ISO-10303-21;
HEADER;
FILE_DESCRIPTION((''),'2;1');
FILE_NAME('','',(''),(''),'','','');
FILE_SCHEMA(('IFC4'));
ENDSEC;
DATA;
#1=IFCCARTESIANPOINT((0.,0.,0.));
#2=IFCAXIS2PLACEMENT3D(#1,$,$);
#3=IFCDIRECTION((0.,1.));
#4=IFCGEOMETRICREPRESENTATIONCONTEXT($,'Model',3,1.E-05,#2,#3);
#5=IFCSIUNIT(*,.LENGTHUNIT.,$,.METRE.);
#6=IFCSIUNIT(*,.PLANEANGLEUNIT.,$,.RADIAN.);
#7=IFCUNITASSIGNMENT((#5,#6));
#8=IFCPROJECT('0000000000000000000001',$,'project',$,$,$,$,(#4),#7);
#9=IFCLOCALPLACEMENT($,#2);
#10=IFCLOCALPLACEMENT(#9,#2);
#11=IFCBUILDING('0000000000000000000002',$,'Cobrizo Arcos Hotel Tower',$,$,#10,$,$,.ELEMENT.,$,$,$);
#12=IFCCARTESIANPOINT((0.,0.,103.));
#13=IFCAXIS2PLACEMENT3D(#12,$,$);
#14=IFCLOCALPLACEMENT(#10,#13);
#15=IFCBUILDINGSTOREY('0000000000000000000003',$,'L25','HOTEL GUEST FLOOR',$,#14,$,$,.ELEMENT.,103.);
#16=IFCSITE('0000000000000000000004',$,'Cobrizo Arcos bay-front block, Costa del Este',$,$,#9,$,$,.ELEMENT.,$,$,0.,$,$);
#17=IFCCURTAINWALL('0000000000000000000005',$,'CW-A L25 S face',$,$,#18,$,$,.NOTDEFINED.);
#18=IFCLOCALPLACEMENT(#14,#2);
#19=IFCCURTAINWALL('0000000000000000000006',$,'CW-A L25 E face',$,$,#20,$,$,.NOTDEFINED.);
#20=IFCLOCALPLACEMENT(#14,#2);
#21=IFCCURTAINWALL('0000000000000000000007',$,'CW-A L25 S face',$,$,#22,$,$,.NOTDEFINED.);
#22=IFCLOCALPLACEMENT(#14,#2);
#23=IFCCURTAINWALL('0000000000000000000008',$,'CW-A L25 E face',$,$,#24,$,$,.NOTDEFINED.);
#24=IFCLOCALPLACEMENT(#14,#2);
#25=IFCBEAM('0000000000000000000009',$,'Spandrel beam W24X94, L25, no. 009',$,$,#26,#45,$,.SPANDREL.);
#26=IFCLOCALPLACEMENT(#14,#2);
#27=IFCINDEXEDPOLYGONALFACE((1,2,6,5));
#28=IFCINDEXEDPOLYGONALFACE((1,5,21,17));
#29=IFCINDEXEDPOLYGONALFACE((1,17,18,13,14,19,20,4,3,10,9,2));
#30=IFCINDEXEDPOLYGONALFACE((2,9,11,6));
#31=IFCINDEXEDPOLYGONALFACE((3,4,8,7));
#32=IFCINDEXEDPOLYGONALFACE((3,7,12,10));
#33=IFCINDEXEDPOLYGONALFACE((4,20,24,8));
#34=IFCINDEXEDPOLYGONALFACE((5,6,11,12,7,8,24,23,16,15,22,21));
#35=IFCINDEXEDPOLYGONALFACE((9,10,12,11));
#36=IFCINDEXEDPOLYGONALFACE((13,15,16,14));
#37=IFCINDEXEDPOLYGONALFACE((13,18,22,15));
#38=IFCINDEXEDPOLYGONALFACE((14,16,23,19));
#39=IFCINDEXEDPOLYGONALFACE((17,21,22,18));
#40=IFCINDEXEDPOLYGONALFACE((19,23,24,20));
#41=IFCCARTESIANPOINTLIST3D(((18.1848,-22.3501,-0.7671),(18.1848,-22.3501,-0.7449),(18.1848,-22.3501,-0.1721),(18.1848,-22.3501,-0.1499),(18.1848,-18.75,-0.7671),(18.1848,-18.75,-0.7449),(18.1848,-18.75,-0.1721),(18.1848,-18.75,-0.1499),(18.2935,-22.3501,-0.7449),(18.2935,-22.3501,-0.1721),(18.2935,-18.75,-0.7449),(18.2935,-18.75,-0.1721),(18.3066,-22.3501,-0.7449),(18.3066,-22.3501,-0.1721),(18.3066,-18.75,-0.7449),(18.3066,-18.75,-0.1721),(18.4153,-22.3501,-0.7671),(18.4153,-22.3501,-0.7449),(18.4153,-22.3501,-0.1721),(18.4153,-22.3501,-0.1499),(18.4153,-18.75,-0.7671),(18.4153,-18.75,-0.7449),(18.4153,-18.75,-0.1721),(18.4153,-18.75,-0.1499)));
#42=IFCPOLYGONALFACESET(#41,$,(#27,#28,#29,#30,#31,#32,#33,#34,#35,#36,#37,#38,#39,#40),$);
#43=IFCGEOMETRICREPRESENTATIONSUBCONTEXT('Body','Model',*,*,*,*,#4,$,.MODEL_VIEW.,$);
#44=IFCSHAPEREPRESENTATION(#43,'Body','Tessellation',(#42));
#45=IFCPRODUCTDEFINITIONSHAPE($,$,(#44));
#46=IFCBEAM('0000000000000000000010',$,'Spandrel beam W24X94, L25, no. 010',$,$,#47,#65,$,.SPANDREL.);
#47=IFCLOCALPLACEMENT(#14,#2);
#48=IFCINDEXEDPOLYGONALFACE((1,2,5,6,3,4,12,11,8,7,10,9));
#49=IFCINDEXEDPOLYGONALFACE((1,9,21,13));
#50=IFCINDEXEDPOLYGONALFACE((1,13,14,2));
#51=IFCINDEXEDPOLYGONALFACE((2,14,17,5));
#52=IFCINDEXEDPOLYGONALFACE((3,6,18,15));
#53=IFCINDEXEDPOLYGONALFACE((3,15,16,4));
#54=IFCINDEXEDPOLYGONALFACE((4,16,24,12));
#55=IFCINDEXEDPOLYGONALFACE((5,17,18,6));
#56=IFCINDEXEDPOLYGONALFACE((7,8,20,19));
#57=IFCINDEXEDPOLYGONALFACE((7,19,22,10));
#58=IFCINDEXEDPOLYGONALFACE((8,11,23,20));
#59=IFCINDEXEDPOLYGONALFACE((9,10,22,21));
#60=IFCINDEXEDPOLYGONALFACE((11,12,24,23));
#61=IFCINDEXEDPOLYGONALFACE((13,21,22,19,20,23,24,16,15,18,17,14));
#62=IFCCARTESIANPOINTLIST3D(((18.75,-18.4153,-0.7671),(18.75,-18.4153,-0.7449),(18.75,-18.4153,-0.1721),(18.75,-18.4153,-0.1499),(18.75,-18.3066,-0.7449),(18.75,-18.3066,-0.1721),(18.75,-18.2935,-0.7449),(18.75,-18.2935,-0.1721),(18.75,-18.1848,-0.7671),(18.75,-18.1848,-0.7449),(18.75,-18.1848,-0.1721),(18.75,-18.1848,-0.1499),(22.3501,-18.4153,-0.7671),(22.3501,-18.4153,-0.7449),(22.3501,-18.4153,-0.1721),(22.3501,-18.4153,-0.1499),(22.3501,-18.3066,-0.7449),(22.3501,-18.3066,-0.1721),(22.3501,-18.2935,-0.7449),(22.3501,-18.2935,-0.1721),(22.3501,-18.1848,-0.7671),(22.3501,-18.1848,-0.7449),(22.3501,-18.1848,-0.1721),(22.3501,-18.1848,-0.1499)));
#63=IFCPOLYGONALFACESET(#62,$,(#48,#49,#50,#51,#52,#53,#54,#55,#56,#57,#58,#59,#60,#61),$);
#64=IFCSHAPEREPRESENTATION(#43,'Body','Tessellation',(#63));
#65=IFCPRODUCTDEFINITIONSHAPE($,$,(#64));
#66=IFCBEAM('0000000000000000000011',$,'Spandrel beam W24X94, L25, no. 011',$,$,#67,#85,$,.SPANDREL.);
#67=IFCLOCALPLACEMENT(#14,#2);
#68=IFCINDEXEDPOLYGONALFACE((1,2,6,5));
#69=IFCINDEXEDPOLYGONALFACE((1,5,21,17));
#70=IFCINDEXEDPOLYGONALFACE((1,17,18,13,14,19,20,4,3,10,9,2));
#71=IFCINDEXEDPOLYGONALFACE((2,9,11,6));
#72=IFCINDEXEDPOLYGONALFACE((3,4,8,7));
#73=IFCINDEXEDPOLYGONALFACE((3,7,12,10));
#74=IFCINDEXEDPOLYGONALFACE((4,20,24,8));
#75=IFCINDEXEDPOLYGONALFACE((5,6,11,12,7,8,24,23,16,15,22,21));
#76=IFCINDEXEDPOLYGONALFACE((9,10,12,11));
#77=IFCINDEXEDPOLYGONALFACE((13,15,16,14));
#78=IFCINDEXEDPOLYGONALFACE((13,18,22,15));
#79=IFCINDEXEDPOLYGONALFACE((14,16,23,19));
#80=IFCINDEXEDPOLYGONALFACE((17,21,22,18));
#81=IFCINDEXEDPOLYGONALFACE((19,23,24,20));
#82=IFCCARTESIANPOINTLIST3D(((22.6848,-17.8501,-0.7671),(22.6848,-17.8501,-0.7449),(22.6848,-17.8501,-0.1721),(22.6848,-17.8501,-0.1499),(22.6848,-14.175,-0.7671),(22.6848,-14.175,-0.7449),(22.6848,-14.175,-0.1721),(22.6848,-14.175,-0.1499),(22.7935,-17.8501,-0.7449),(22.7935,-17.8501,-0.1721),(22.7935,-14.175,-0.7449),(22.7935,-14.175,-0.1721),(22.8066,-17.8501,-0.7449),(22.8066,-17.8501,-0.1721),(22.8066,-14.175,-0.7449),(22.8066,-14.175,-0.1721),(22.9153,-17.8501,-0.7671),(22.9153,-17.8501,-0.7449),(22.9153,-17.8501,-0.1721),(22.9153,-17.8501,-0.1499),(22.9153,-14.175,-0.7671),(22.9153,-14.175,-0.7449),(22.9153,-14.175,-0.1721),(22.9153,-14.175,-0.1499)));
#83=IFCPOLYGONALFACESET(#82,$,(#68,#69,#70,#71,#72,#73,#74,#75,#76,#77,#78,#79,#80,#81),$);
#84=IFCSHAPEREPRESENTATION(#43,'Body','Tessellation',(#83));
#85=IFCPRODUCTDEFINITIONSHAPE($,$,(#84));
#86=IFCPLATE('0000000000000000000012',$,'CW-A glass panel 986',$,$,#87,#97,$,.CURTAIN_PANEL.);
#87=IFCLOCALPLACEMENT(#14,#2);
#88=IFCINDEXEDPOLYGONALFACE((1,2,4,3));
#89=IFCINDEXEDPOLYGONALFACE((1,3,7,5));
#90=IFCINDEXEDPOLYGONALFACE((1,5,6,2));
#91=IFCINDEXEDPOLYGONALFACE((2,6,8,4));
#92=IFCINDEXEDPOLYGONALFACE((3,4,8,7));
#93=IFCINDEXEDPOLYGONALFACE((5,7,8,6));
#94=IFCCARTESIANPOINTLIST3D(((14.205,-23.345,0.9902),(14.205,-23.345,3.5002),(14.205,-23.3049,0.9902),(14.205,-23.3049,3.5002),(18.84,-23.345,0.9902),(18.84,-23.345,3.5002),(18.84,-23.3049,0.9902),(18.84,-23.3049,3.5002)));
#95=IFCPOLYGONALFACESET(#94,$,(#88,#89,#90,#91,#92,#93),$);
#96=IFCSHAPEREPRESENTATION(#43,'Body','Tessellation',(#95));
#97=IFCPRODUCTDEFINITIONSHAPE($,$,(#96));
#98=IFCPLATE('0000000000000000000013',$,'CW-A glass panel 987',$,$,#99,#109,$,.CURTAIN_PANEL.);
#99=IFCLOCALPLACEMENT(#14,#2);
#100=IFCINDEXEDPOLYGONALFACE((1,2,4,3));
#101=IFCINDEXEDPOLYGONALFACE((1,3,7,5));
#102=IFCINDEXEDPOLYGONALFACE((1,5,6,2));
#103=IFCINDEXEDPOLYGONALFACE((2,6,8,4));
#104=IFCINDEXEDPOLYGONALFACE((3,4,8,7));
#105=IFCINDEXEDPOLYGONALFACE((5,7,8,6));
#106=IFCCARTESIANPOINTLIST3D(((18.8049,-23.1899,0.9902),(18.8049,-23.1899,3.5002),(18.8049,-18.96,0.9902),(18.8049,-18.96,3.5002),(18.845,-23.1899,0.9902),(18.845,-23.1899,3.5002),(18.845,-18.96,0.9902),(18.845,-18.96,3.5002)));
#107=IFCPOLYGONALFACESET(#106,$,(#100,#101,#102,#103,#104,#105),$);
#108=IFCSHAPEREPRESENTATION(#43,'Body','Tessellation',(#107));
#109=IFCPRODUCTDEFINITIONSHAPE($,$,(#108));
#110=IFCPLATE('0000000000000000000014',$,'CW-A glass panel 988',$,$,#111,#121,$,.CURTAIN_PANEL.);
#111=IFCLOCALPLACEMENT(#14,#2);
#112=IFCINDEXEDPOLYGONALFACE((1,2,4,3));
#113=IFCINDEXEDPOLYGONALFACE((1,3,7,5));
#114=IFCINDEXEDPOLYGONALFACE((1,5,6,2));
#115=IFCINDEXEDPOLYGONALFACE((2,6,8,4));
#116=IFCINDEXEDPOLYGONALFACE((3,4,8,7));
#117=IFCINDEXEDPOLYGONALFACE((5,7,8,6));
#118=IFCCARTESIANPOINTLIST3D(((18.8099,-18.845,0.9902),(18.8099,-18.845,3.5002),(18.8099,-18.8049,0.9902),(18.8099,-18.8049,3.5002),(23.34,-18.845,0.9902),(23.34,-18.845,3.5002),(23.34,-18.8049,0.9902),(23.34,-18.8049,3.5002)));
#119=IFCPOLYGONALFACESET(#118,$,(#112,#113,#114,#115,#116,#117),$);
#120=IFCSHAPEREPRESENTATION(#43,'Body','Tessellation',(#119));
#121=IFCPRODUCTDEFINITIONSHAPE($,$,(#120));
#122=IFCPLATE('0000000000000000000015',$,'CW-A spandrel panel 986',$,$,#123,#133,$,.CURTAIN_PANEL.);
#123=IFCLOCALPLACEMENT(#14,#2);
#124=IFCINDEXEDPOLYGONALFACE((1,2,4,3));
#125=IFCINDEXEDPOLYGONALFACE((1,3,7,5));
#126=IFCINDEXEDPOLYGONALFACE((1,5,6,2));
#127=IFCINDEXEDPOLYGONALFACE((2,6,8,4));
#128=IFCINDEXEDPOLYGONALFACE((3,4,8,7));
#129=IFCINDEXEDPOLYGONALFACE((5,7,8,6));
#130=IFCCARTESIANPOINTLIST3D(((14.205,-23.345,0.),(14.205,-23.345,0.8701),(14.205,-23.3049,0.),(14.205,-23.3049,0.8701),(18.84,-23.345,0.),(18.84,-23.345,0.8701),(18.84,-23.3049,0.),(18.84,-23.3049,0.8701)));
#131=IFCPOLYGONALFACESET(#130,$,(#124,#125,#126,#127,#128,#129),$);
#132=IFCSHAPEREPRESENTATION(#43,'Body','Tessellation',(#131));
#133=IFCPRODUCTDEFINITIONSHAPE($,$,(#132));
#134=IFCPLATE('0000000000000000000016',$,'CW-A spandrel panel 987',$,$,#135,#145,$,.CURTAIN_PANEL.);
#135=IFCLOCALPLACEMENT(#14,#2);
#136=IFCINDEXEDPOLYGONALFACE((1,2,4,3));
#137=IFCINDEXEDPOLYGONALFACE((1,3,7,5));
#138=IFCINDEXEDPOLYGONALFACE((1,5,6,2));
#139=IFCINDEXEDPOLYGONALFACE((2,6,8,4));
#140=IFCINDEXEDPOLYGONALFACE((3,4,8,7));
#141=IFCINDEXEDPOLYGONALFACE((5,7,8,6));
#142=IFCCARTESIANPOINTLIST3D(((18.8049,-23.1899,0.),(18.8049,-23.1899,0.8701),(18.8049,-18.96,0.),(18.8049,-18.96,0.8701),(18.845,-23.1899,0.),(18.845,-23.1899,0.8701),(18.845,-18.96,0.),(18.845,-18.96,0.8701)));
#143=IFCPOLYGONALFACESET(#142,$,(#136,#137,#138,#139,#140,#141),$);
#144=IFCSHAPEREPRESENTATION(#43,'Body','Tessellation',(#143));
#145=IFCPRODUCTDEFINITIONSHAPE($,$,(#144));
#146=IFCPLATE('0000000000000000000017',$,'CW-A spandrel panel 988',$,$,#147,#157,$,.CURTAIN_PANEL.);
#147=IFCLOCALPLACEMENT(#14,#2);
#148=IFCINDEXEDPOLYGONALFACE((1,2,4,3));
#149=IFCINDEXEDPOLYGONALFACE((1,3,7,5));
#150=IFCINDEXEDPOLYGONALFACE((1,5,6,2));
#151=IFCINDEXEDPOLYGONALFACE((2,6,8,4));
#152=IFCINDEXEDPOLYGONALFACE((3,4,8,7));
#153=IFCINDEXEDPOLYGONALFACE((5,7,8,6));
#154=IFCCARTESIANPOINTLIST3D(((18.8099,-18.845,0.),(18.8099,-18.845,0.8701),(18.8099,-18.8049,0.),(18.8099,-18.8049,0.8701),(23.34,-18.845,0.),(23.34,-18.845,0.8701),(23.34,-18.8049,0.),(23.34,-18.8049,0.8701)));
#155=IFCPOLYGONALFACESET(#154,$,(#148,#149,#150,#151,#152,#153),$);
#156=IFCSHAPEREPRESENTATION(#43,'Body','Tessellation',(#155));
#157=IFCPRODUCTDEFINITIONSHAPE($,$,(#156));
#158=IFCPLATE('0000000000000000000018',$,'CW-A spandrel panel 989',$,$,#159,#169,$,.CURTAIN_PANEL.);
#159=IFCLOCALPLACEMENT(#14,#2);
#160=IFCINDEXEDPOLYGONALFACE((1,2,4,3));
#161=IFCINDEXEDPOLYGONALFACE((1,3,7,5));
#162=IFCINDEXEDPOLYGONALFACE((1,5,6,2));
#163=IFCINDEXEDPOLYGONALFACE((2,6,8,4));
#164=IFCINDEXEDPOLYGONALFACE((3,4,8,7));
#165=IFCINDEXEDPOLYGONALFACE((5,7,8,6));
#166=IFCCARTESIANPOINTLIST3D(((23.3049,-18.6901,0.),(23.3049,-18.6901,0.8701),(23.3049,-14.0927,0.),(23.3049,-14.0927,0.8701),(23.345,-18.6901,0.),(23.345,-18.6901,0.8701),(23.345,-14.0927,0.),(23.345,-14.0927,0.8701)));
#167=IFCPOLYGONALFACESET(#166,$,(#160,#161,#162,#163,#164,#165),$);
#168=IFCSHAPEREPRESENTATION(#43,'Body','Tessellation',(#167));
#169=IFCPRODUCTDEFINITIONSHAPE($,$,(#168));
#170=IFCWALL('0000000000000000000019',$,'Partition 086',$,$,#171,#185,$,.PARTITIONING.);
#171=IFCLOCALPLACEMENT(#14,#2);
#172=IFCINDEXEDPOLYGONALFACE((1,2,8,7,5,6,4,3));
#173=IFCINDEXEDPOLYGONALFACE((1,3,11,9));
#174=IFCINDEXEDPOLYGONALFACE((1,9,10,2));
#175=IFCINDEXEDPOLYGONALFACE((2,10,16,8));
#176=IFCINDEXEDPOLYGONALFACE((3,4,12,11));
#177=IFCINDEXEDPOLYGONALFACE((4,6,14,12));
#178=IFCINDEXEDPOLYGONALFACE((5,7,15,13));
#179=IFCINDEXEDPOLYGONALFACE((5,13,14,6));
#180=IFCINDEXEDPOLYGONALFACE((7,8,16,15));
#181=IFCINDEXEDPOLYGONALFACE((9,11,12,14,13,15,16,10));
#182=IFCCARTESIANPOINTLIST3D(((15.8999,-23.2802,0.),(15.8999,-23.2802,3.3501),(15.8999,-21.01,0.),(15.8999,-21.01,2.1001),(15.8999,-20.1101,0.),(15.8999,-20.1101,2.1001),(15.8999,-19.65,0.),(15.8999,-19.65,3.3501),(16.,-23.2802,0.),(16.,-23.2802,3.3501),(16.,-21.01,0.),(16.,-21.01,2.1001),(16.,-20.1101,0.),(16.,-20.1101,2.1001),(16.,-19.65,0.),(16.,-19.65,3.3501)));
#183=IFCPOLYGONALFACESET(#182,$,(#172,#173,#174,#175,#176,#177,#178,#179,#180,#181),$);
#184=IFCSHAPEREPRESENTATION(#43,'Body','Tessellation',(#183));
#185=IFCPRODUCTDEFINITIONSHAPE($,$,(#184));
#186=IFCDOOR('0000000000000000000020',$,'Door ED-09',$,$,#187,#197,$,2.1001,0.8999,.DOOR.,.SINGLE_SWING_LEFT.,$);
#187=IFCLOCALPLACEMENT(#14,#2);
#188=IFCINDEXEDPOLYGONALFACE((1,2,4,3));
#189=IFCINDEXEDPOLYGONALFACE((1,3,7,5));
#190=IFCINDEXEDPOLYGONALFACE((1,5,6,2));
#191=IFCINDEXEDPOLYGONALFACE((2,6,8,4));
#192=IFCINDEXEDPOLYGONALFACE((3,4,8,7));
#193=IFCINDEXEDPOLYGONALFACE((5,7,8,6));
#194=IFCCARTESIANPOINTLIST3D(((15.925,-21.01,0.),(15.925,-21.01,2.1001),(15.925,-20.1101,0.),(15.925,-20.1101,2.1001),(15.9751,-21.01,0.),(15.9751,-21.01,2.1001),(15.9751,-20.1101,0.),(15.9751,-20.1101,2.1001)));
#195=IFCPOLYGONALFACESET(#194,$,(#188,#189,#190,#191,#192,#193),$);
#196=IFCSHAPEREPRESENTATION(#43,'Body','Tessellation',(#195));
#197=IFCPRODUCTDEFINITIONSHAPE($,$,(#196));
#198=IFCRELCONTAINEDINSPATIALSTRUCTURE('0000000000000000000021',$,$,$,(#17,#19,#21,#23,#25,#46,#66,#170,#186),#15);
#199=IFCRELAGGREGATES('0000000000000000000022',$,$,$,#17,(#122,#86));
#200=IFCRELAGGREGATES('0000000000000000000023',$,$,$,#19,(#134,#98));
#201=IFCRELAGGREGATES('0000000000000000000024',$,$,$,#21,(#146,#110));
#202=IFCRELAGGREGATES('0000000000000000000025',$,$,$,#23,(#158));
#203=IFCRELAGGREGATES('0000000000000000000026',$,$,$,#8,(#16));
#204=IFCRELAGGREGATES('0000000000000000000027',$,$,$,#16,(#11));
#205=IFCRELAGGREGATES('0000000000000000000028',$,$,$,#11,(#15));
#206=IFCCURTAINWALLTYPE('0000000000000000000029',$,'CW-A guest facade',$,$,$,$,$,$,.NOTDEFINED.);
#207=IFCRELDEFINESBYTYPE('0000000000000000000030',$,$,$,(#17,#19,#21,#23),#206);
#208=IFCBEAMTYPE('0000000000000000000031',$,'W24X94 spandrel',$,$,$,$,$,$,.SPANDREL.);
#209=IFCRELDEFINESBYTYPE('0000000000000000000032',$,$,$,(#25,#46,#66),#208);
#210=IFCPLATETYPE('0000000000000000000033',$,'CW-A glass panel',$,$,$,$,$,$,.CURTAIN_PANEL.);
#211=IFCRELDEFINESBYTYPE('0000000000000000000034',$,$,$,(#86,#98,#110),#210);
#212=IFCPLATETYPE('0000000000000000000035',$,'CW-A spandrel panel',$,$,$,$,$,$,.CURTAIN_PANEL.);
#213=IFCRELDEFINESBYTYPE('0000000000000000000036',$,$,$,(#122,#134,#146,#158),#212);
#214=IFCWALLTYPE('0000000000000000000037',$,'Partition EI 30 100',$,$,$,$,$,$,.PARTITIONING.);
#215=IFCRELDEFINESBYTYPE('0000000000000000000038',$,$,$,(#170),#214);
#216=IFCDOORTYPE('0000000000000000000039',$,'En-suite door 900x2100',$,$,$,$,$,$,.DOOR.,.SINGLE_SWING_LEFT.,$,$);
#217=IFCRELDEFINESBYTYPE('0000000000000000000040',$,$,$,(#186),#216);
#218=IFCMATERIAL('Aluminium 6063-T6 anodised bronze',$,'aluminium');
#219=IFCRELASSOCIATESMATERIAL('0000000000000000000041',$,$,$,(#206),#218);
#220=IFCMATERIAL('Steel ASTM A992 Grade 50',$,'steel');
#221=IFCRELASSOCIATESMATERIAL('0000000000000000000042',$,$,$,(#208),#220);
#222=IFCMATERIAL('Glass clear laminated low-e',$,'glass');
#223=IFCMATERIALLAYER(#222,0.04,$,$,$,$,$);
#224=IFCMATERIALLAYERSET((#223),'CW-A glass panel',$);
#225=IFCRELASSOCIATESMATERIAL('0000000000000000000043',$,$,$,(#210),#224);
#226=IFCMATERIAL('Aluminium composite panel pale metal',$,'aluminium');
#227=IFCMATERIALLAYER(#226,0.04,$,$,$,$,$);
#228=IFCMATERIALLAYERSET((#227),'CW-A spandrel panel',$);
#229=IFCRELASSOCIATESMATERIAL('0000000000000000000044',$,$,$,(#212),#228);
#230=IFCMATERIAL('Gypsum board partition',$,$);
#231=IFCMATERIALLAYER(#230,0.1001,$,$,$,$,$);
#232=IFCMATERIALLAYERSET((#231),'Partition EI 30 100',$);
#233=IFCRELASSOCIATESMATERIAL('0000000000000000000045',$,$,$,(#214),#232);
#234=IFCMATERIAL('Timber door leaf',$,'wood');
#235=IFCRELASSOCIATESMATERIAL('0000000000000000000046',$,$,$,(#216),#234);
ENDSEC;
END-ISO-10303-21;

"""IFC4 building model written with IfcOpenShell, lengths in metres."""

from ifc_helpers import new_model, si_unit, direction, frame, frame_2d, origin, origin_2d, place, context, subcontext, project, spatial, rectangle, i_section, extrude, material, layer, layer_set, material_profile, profile_set, type_object, element, fill, aggregate, save


model = new_model("IFC4")

# Units and contexts
model_context = context("Model", 3, precision=1e-05, world=origin(), true_north=direction((0.0, 1.0)))
body_context = subcontext(model_context, "Body", "Model", "MODEL_VIEW")
ifc_project = project(units=[si_unit("LENGTHUNIT", "METRE"), si_unit("PLANEANGLEUNIT", "RADIAN")], contexts=[model_context])

# Site, building, storey
site_placement = place(None, origin())
site = spatial("IfcSite", under=ifc_project, at=site_placement, Name="Cobrizo Arcos bay-front block, Costa del Este", CompositionType="ELEMENT", RefElevation=0.0)
building_placement = place(site_placement, origin())
building = spatial("IfcBuilding", under=site, at=building_placement, Name="Cobrizo Arcos Hotel Tower", CompositionType="ELEMENT")
storey_placement = place(building_placement, frame((0.0, 0.0, 103.0)))
storey = spatial("IfcBuildingStorey", under=building, at=storey_placement, Name="L25", Description="HOTEL GUEST FLOOR", CompositionType="ELEMENT", Elevation=103.0)

# Curtain wall
ifc_material_1 = material(Name="Aluminium 6063-T6 anodised bronze", Category="aluminium")
curtain_wall_type = type_object("IfcCurtainWallType", Name="CW-A guest facade", PredefinedType="NOTDEFINED", material=ifc_material_1)
curtain_wall_1_placement = place(storey_placement, origin())
curtain_wall_1 = element("IfcCurtainWall", 1, at=curtain_wall_1_placement, inside=storey, type_object=curtain_wall_type, Name="CW-A L25 S face", PredefinedType="NOTDEFINED")

# Curtain walls
curtain_wall_2_placement = place(storey_placement, origin())
curtain_wall_2 = element("IfcCurtainWall", 2, at=curtain_wall_2_placement, inside=storey, type_object=curtain_wall_type, Name="CW-A L25 E face", PredefinedType="NOTDEFINED")
curtain_wall_3_placement = place(storey_placement, origin())
curtain_wall_3 = element("IfcCurtainWall", 3, at=curtain_wall_3_placement, inside=storey, type_object=curtain_wall_type, Name="CW-A L25 S face", PredefinedType="NOTDEFINED")

# Curtain wall
curtain_wall_4_placement = place(storey_placement, origin())
curtain_wall_4 = element("IfcCurtainWall", 4, at=curtain_wall_4_placement, inside=storey, type_object=curtain_wall_type, Name="CW-A L25 E face", PredefinedType="NOTDEFINED")

# Beams
ifc_material_2 = material(Name="Steel ASTM A992 Grade 50", Category="steel")
ifc_material_profile_1 = material_profile(ifc_material_2, i_section(OverallWidth=0.2305, OverallDepth=0.6172, WebThickness=0.0132, FlangeThickness=0.0222, at=origin_2d()), Name="W24X94")
ifc_profile_set_1 = profile_set([ifc_material_profile_1], Name="Steel ASTM A992 Grade 50")
beam_type_1 = type_object("IfcBeamType", Name="W24X94 spandrel", PredefinedType="SPANDREL", material=ifc_profile_set_1)
for number, where, z_axis, x_axis, name in (
    (5, (18.3, -22.3501, -0.4585), (0.0, 1.0, 0.0), (-1.0, 0.0, 0.0), "Spandrel beam W24X94, L25, no. 009"),
    (6, (18.75, -18.3, -0.4585), (1.0, 0.0, 0.0), (0.0, 1.0, 0.0), "Spandrel beam W24X94, L25, no. 010"),
):
    element("IfcBeam", number, at=place(storey_placement, frame(where, z_axis=z_axis, x_axis=x_axis)), inside=storey, type_object=beam_type_1, Name=name, PredefinedType="SPANDREL", context=body_context, shape_type="SweptSolid", body=[
        extrude(i_section(OverallWidth=0.2305, OverallDepth=0.6172, WebThickness=0.0132, FlangeThickness=0.0222, at=origin_2d()), origin(), (0.0, 0.0, 1.0), 3.6001),
    ])
beam_1_placement = place(storey_placement, frame((22.8, -17.8501, -0.4585), z_axis=(0.0, 1.0, 0.0), x_axis=(-1.0, 0.0, 0.0)))
element("IfcBeam", 7, at=beam_1_placement, inside=storey, type_object=beam_type_1, Name="Spandrel beam W24X94, L25, no. 011", PredefinedType="SPANDREL", context=body_context, shape_type="SweptSolid", body=[
    extrude(i_section(OverallWidth=0.2305, OverallDepth=0.6172, WebThickness=0.0132, FlangeThickness=0.0222, at=origin_2d()), origin(), (0.0, 0.0, 1.0), 3.675),
])

# Plates
ifc_material_3 = material(Name="Glass clear laminated low-e", Category="glass")
ifc_layer_1 = layer(ifc_material_3, 0.04)
ifc_layer_set_1 = layer_set([ifc_layer_1], Name="CW-A glass panel")
plate_type_1 = type_object("IfcPlateType", Name="CW-A glass panel", PredefinedType="CURTAIN_PANEL", material=ifc_layer_set_1)
plate_1_placement = place(storey_placement, frame((16.5225, -23.325, 0.9902), z_axis=(0.0, 0.0, 1.0), x_axis=(1.0, 0.0, 0.0)))
plate_1 = element("IfcPlate", 8, at=plate_1_placement, type_object=plate_type_1, Name="CW-A glass panel 986", PredefinedType="CURTAIN_PANEL", context=body_context, shape_type="SweptSolid", body=[
    extrude(rectangle(XDim=4.635, YDim=0.04, at=origin_2d()), origin(), (0.0, 0.0, 1.0), 2.51),
])
plate_2_placement = place(storey_placement, frame((18.825, -21.075, 0.9902), z_axis=(0.0, 0.0, 1.0), x_axis=(0.0, 1.0, 0.0)))
plate_2 = element("IfcPlate", 9, at=plate_2_placement, type_object=plate_type_1, Name="CW-A glass panel 987", PredefinedType="CURTAIN_PANEL", context=body_context, shape_type="SweptSolid", body=[
    extrude(rectangle(XDim=4.23, YDim=0.04, at=origin_2d()), origin(), (0.0, 0.0, 1.0), 2.51),
])
plate_3_placement = place(storey_placement, frame((21.075, -18.825, 0.9902), z_axis=(0.0, 0.0, 1.0), x_axis=(1.0, 0.0, 0.0)))
plate_3 = element("IfcPlate", 10, at=plate_3_placement, type_object=plate_type_1, Name="CW-A glass panel 988", PredefinedType="CURTAIN_PANEL", context=body_context, shape_type="SweptSolid", body=[
    extrude(rectangle(XDim=4.53, YDim=0.04, at=origin_2d()), origin(), (0.0, 0.0, 1.0), 2.51),
])
ifc_material_4 = material(Name="Aluminium composite panel pale metal", Category="aluminium")
ifc_layer_2 = layer(ifc_material_4, 0.04)
ifc_layer_set_2 = layer_set([ifc_layer_2], Name="CW-A spandrel panel")
plate_type_2 = type_object("IfcPlateType", Name="CW-A spandrel panel", PredefinedType="CURTAIN_PANEL", material=ifc_layer_set_2)
plate_4_placement = place(storey_placement, frame((16.5225, -23.325, 0.0), z_axis=(0.0, 0.0, 1.0), x_axis=(1.0, 0.0, 0.0)))
plate_4 = element("IfcPlate", 11, at=plate_4_placement, type_object=plate_type_2, Name="CW-A spandrel panel 986", PredefinedType="CURTAIN_PANEL", context=body_context, shape_type="SweptSolid", body=[
    extrude(rectangle(XDim=4.635, YDim=0.04, at=origin_2d()), origin(), (0.0, 0.0, 1.0), 0.8701),
])
aggregate(curtain_wall_1, [plate_4, plate_1])
plate_5_placement = place(storey_placement, frame((18.825, -21.075, 0.0), z_axis=(0.0, 0.0, 1.0), x_axis=(0.0, 1.0, 0.0)))
plate_5 = element("IfcPlate", 12, at=plate_5_placement, type_object=plate_type_2, Name="CW-A spandrel panel 987", PredefinedType="CURTAIN_PANEL", context=body_context, shape_type="SweptSolid", body=[
    extrude(rectangle(XDim=4.23, YDim=0.04, at=origin_2d()), origin(), (0.0, 0.0, 1.0), 0.8701),
])
aggregate(curtain_wall_2, [plate_5, plate_2])
plate_6_placement = place(storey_placement, frame((21.075, -18.825, 0.0), z_axis=(0.0, 0.0, 1.0), x_axis=(1.0, 0.0, 0.0)))
plate_6 = element("IfcPlate", 13, at=plate_6_placement, type_object=plate_type_2, Name="CW-A spandrel panel 988", PredefinedType="CURTAIN_PANEL", context=body_context, shape_type="SweptSolid", body=[
    extrude(rectangle(XDim=4.53, YDim=0.04, at=origin_2d()), origin(), (0.0, 0.0, 1.0), 0.8701),
])
aggregate(curtain_wall_3, [plate_6, plate_3])
plate_7_placement = place(storey_placement, frame((23.325, -16.3914, 0.0), z_axis=(0.0, 0.0, 1.0), x_axis=(0.0, 1.0, 0.0)))
plate_7 = element("IfcPlate", 14, at=plate_7_placement, type_object=plate_type_2, Name="CW-A spandrel panel 989", PredefinedType="CURTAIN_PANEL", context=body_context, shape_type="SweptSolid", body=[
    extrude(rectangle(XDim=4.5974, YDim=0.04, at=origin_2d()), origin(), (0.0, 0.0, 1.0), 0.8701),
])
aggregate(curtain_wall_4, [plate_7])

# Wall, opening, door
ifc_material_5 = material(Name="Gypsum board partition")
ifc_layer_3 = layer(ifc_material_5, 0.1001)
ifc_layer_set_3 = layer_set([ifc_layer_3], Name="Partition EI 30 100")
wall_type = type_object("IfcWallType", Name="Partition EI 30 100", PredefinedType="PARTITIONING", material=ifc_layer_set_3)
wall_placement = place(storey_placement, frame((15.95, -23.28, 0.0), z_axis=(0.0, 0.0, 1.0), x_axis=(0.0, 1.0, 0.0)))
wall = element("IfcWall", 15, at=wall_placement, inside=storey, type_object=wall_type, Name="Partition 086", PredefinedType="PARTITIONING", context=body_context, shape_type="SweptSolid", body=[
    extrude(rectangle(XDim=3.6301, YDim=0.1001, at=frame_2d((1.8149, 0.0))), origin(), (0.0, 0.0, 1.0), 3.3501),
])
opening_placement = place(wall_placement, frame((2.27, 0.0, 0.0)))
opening = element("IfcOpeningElement", 16, at=opening_placement, cuts=wall, PredefinedType="OPENING", context=body_context, shape_type="SweptSolid", body=[
    extrude(rectangle(XDim=0.8999, YDim=2.1001, at=frame_2d((0.45, 1.05))), frame((0.0, 0.062, 0.0), z_axis=(0.0, -1.0, 0.0), x_axis=(1.0, 0.0, 0.0)), (0.0, 0.0, 1.0), 0.124),
])
ifc_material_6 = material(Name="Timber door leaf", Category="wood")
door_type = type_object("IfcDoorType", Name="En-suite door 900x2100", OperationType="SINGLE_SWING_LEFT", PredefinedType="DOOR", material=ifc_material_6)
door_placement = place(opening_placement, origin())
door = element("IfcDoor", 17, at=door_placement, inside=storey, type_object=door_type, Name="Door ED-09", OperationType="SINGLE_SWING_LEFT", OverallHeight=2.1001, OverallWidth=0.8999, PredefinedType="DOOR", context=body_context, shape_type="SweptSolid", body=[
    extrude(rectangle(XDim=0.8999, YDim=2.1001, at=frame_2d((0.45, 1.05))), frame((0.0, 0.0249, 0.0), z_axis=(0.0, -1.0, 0.0), x_axis=(1.0, 0.0, 0.0)), (0.0, 0.0, 1.0), 0.05),
])
fill(opening, door)

save(model, "model.ifc")
